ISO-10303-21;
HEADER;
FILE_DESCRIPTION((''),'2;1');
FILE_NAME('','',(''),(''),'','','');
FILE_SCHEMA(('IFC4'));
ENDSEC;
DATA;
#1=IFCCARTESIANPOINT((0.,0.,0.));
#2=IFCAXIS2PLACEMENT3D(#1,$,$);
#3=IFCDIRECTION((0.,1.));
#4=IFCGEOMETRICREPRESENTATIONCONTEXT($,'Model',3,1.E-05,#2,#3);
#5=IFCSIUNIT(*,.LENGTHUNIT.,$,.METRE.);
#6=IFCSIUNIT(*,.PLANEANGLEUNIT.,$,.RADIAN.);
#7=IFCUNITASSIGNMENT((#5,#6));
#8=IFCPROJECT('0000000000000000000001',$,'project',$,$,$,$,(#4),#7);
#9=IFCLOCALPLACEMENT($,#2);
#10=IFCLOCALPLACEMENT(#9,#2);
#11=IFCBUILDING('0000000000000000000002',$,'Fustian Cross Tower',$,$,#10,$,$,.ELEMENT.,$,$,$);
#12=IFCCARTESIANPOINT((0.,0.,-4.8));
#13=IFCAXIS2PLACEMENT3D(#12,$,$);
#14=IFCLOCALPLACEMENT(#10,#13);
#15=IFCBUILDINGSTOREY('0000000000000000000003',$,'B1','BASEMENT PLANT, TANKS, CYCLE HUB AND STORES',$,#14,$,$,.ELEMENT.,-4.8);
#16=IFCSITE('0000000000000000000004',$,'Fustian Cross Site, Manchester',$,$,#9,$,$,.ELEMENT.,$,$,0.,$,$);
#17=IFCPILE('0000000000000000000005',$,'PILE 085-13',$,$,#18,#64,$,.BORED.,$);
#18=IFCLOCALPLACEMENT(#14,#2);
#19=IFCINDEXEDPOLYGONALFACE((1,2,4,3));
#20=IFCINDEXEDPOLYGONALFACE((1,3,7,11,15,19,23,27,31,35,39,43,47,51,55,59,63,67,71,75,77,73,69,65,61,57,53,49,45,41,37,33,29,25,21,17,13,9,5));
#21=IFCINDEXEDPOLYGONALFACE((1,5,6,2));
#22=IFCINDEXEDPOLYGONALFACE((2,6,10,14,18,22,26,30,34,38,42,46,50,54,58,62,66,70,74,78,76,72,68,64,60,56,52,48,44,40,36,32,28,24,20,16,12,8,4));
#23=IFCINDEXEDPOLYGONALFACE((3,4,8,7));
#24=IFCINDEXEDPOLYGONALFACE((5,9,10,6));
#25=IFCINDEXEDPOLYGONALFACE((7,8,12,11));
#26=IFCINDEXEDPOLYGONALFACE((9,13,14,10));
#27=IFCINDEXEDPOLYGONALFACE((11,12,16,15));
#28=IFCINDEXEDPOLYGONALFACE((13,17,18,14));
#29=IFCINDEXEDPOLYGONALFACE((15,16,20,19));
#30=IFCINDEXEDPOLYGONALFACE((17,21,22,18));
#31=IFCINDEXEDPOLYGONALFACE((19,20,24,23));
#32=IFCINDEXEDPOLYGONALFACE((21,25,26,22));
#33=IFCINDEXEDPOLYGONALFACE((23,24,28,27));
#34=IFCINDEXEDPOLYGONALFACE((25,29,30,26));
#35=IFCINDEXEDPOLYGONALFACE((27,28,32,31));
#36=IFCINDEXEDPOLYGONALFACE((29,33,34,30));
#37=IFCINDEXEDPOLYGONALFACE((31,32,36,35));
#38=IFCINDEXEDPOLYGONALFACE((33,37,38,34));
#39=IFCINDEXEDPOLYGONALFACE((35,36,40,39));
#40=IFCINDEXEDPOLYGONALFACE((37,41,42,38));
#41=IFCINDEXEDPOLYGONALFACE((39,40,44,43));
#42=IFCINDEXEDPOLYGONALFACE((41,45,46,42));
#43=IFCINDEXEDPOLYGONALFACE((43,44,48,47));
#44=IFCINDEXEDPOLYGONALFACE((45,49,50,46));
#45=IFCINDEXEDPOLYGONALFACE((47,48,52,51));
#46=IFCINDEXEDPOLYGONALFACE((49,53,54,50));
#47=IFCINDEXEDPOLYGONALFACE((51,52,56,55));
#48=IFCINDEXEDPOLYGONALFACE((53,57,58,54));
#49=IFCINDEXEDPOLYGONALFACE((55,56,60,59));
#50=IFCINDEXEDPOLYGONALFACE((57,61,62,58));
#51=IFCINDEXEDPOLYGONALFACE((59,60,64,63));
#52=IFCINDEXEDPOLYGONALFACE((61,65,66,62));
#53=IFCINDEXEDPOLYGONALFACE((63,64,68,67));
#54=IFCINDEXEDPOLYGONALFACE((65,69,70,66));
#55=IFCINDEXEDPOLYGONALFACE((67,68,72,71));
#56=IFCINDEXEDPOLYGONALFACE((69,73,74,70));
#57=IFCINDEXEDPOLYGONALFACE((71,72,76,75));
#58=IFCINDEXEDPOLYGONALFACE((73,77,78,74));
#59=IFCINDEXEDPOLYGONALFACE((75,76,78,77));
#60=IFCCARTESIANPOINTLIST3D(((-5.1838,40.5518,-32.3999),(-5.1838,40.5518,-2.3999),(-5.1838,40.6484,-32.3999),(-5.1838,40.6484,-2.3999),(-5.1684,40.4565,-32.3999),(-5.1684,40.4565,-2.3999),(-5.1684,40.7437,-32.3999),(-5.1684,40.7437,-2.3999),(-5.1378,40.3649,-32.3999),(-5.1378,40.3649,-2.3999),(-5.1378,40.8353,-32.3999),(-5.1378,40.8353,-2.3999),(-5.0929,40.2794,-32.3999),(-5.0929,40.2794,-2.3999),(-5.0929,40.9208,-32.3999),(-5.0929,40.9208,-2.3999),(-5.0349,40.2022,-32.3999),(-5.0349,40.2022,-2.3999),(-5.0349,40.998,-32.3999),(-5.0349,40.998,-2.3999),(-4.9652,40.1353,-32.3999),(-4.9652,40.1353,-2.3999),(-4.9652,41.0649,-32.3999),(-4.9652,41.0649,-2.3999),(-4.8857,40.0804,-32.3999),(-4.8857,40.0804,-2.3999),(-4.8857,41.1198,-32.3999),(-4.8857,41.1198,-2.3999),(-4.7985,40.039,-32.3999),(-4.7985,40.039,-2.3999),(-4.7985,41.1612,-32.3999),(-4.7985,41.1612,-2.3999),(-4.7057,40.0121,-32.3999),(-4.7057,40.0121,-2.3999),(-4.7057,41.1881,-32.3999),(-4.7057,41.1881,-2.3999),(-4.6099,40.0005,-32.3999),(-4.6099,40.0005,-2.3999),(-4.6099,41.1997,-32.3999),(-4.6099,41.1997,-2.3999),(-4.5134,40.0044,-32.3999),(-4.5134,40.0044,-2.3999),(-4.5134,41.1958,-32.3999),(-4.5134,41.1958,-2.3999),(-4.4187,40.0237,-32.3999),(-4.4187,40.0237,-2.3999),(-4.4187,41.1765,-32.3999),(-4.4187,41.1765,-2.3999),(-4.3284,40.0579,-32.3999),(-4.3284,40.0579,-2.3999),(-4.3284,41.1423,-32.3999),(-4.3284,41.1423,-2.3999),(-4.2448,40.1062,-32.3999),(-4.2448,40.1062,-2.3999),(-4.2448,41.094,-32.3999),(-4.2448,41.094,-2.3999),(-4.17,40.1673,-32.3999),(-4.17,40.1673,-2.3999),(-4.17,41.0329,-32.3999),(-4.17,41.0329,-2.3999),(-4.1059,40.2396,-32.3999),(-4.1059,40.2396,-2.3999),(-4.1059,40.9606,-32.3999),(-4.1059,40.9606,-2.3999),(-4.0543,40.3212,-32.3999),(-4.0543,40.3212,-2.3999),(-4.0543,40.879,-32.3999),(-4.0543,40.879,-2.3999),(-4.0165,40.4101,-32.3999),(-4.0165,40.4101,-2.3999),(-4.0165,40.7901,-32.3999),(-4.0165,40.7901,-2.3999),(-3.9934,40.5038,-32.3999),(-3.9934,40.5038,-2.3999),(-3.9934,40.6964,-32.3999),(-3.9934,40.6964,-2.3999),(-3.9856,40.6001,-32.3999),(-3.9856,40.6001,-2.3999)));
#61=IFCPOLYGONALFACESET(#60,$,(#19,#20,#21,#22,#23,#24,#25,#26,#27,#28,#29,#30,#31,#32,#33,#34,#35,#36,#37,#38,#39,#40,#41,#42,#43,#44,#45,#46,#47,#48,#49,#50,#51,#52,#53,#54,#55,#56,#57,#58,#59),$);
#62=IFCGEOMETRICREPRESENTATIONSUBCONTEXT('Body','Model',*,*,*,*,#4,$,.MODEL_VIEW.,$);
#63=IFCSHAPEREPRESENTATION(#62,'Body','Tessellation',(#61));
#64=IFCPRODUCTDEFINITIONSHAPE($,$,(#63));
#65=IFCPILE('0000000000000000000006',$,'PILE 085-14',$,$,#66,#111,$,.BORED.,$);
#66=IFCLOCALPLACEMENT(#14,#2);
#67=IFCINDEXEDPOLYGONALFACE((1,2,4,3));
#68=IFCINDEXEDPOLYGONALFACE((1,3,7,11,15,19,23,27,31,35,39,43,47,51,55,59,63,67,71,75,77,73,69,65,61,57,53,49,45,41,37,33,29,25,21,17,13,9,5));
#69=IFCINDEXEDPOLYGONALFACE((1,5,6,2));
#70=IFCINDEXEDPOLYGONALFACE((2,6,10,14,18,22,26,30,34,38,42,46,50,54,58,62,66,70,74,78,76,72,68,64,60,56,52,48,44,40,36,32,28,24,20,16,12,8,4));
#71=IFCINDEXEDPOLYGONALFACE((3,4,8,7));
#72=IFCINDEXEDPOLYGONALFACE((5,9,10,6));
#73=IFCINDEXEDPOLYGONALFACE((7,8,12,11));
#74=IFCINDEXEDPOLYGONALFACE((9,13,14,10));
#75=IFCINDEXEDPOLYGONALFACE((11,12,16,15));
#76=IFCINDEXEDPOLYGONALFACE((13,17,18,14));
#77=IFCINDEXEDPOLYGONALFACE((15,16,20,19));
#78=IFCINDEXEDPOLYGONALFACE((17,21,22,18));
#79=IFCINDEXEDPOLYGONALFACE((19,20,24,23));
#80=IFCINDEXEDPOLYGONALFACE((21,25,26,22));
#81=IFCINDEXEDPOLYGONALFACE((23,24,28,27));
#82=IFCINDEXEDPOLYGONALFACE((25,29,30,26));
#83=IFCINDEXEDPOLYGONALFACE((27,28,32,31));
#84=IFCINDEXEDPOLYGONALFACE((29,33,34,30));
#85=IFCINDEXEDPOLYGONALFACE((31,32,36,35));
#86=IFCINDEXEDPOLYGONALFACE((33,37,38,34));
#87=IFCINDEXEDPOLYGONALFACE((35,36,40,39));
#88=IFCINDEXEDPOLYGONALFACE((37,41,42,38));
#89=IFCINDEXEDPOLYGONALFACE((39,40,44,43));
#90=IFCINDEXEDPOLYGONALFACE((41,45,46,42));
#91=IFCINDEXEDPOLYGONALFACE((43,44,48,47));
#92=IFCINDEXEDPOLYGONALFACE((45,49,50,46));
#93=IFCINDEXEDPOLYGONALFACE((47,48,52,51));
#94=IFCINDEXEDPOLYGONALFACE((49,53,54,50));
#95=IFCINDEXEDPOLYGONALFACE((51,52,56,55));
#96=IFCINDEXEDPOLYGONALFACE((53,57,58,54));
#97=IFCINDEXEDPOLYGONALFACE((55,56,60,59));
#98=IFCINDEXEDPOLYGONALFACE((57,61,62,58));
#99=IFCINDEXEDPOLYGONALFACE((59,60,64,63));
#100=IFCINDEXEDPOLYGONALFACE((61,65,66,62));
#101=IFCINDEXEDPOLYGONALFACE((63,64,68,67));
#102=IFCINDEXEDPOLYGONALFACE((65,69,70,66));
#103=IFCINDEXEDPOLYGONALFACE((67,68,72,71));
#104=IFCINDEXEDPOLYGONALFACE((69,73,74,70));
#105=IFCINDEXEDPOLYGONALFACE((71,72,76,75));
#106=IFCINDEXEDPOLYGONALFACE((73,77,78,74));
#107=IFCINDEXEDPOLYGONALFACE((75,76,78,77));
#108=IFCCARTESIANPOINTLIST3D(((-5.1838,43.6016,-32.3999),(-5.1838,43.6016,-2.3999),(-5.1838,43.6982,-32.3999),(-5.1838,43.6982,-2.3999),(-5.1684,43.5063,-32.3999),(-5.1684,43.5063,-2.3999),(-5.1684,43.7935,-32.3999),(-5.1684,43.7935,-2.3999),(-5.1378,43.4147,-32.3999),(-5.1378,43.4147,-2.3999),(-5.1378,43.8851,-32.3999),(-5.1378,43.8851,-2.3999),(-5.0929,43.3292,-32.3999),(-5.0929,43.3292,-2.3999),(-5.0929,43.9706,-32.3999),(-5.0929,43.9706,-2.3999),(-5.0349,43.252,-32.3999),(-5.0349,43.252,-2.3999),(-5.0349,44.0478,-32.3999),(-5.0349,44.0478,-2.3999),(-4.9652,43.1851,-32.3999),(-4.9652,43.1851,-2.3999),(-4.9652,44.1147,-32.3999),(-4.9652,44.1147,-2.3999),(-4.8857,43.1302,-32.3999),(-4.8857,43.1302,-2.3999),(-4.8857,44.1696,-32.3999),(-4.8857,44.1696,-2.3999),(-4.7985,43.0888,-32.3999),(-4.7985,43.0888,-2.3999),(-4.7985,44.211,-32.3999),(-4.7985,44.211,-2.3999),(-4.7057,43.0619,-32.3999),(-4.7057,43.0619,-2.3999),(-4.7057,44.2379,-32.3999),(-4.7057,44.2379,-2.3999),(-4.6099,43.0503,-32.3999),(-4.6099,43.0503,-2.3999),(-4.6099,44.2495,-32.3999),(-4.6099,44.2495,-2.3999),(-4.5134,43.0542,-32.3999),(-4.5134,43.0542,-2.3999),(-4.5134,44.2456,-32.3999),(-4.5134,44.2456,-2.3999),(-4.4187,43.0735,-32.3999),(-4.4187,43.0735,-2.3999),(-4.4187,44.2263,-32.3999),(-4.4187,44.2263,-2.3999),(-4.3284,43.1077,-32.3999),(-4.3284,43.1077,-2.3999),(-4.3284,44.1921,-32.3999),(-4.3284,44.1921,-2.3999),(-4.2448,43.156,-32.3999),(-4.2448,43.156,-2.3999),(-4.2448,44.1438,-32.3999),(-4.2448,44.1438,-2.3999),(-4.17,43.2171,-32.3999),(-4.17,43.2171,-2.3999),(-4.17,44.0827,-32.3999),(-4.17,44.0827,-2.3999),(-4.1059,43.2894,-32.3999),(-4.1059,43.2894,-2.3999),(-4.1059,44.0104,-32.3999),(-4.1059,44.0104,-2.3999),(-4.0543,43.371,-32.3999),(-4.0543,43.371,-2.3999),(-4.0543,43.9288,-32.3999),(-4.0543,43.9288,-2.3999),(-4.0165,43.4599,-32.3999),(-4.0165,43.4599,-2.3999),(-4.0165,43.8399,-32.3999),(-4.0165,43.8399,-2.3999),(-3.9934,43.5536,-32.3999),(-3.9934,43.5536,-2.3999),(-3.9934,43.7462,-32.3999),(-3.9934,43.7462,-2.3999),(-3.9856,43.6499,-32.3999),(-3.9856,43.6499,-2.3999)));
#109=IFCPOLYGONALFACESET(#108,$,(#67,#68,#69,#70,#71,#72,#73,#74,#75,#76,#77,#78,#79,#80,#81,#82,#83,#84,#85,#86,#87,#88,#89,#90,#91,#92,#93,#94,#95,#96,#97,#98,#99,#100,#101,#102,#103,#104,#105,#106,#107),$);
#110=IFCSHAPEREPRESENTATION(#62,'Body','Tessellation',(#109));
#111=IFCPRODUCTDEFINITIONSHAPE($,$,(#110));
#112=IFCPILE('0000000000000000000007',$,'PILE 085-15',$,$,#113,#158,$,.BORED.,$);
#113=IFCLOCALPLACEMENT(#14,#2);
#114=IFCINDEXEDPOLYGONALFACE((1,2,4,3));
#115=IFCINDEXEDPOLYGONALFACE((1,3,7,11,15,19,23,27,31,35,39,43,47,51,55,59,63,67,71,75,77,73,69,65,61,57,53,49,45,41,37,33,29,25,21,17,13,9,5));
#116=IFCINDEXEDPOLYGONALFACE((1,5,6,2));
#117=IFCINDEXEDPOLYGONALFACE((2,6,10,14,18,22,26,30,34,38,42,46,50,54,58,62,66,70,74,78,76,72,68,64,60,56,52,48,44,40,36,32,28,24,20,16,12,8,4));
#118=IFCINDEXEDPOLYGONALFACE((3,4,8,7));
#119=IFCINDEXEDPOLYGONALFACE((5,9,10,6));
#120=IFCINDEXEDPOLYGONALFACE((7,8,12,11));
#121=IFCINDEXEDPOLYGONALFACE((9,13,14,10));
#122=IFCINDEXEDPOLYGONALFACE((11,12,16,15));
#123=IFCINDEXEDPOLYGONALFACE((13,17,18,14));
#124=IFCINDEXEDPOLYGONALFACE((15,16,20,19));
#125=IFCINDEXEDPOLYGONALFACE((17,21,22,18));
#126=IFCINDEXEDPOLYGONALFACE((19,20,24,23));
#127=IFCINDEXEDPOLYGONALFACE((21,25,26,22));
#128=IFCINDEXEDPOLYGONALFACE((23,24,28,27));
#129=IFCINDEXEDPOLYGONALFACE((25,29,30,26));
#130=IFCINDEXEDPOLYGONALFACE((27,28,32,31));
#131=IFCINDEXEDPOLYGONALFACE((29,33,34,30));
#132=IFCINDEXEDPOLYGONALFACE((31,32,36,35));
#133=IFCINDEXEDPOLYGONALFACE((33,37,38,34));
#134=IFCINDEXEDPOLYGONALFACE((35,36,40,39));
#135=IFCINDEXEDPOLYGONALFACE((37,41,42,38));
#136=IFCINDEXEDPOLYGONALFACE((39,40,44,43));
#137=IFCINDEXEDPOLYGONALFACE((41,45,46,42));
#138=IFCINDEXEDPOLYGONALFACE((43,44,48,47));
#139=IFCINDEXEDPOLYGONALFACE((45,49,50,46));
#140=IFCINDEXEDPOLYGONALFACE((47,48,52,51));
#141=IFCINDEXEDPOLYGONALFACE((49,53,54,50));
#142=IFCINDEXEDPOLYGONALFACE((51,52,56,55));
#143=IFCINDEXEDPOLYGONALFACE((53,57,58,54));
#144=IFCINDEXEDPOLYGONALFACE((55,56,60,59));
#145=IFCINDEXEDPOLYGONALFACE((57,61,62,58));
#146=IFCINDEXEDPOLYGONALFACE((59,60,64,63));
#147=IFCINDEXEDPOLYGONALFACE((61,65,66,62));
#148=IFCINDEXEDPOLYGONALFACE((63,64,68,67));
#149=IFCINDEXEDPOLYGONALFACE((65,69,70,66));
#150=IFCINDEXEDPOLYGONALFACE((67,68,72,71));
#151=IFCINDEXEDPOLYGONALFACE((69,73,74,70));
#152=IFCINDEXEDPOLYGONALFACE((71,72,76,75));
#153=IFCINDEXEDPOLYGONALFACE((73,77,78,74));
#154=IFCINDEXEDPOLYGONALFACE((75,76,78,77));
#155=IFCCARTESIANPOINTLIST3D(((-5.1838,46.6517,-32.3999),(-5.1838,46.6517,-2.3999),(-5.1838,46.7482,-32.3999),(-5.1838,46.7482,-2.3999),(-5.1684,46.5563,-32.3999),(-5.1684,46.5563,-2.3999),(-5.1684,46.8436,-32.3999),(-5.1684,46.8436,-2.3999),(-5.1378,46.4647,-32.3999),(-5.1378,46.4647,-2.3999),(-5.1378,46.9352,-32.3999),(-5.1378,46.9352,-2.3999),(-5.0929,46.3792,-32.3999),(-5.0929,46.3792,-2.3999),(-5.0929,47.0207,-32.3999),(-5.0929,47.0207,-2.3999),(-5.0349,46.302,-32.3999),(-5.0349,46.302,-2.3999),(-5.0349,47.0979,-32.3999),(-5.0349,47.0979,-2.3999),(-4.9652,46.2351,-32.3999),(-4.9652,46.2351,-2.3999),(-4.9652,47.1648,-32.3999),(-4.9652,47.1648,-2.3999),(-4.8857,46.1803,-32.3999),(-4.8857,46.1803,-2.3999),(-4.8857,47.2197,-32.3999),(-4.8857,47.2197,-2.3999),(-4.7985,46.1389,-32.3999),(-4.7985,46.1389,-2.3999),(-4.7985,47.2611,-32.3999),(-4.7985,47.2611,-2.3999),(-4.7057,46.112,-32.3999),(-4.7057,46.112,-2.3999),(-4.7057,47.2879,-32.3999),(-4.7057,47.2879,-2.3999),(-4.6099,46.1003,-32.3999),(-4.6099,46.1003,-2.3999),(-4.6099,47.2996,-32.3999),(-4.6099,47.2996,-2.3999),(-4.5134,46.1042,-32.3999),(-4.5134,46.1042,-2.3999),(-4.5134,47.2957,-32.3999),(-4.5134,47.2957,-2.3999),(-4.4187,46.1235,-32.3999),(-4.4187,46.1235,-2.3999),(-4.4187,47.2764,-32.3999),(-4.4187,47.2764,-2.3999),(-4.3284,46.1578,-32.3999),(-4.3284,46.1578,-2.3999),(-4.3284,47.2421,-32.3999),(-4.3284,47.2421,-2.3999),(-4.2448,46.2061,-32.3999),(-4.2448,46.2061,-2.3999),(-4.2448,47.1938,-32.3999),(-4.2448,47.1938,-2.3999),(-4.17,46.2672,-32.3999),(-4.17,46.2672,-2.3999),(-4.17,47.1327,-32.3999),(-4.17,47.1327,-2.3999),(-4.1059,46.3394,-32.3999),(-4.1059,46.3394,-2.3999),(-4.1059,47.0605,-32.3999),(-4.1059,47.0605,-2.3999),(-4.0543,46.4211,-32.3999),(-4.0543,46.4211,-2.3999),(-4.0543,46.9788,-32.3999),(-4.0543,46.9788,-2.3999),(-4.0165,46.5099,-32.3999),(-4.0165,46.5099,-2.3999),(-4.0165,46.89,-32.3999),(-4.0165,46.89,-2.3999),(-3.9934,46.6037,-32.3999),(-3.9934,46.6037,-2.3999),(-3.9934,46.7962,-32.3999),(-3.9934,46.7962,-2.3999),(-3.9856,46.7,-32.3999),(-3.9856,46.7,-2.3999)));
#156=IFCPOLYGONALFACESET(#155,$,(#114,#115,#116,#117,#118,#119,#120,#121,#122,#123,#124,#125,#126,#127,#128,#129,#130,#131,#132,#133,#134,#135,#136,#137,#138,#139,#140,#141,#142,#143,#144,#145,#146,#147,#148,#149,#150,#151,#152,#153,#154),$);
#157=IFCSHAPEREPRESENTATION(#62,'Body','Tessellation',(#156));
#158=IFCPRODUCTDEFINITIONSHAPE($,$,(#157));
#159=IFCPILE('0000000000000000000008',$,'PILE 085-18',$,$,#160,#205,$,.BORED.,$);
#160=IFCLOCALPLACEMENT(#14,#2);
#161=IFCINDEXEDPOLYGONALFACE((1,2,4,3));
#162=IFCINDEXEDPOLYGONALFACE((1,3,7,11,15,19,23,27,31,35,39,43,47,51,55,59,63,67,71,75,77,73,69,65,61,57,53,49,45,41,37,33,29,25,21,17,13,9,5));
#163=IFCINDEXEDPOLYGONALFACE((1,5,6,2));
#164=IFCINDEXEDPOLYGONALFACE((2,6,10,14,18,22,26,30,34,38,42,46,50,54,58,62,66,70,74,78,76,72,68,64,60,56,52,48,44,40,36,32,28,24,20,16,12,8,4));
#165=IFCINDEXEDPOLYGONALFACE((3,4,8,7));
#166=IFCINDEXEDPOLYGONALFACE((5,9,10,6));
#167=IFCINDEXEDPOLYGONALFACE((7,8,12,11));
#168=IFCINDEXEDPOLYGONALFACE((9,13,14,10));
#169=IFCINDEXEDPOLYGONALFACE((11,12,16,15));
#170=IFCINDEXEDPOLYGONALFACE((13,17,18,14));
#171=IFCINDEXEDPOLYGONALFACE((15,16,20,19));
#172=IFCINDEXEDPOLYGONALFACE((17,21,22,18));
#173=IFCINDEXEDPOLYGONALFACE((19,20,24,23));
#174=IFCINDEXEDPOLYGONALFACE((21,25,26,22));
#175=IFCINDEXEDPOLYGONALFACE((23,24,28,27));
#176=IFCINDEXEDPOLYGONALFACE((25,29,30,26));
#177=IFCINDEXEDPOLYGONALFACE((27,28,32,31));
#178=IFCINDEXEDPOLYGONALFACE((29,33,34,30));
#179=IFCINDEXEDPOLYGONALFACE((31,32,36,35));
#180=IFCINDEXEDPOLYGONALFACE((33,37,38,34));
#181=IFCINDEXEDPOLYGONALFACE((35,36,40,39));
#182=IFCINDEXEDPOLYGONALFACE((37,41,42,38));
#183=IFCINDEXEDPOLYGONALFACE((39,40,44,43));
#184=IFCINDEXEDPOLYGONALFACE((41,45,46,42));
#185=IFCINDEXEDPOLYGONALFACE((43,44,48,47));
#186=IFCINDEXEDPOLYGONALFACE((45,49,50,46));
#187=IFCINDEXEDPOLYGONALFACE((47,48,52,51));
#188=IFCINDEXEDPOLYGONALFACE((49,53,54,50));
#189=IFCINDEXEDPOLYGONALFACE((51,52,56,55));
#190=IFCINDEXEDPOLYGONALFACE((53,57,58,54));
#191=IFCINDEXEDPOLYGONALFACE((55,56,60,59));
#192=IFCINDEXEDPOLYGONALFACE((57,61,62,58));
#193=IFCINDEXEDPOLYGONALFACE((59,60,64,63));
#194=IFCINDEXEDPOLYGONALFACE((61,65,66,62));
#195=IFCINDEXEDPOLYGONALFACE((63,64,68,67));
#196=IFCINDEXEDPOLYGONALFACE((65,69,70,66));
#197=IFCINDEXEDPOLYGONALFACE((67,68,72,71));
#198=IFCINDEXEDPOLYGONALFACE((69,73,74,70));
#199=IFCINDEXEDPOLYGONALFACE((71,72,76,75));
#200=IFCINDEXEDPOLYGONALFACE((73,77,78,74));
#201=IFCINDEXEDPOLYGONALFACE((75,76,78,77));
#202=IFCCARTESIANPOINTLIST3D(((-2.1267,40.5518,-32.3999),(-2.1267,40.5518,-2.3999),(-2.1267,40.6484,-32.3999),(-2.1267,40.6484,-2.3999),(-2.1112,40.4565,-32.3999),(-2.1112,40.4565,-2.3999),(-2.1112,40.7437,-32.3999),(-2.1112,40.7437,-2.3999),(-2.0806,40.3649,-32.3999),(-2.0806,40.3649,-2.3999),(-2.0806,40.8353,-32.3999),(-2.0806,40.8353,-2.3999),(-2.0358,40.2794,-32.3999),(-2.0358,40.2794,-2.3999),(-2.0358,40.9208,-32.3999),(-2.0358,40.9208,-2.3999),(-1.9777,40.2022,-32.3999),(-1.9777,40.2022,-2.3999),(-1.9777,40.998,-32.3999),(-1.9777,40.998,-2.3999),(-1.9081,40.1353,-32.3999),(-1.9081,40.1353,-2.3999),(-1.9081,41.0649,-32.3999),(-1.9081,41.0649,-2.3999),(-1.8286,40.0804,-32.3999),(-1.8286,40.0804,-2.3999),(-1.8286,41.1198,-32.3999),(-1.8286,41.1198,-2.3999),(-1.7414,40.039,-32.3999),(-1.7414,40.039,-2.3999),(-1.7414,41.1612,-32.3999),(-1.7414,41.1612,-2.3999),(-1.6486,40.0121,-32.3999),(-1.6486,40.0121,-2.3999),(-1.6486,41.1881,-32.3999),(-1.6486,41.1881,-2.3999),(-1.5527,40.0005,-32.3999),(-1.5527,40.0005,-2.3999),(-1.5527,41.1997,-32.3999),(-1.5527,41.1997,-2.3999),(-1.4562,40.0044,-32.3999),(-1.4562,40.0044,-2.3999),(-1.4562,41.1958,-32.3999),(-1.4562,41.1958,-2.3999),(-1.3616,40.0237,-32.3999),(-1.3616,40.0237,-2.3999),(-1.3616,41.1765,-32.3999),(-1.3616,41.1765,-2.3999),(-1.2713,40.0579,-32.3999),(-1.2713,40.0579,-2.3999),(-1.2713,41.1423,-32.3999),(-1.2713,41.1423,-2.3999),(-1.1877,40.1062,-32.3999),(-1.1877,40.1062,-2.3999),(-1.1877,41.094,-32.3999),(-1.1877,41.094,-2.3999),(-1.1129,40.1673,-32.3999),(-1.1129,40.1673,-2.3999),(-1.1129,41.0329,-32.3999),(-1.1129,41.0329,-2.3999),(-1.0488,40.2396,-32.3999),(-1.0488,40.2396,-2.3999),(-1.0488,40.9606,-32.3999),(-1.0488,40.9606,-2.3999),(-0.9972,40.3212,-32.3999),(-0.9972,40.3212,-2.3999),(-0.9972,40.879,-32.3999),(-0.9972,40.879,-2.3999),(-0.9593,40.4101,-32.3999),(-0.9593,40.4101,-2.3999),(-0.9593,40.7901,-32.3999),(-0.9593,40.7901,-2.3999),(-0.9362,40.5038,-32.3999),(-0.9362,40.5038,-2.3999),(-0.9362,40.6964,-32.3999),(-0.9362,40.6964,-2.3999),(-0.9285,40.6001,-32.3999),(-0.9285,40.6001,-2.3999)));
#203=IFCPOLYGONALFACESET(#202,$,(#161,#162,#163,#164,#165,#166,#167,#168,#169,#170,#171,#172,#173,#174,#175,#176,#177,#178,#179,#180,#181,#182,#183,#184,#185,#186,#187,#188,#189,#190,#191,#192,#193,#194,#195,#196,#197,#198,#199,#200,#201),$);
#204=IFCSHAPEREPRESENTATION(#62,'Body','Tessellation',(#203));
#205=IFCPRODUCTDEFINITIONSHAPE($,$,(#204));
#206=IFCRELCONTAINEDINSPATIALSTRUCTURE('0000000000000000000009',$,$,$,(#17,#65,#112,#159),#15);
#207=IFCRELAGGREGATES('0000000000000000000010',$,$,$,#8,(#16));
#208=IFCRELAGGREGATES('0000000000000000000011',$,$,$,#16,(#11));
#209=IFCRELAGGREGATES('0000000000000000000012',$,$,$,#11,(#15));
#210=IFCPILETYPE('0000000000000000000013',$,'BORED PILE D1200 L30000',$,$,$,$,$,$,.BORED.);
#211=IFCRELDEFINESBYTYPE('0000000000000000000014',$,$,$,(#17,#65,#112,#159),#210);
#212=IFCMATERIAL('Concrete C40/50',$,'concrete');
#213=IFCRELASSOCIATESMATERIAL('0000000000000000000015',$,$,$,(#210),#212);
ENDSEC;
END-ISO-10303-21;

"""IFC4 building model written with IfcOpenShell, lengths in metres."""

from ifc_helpers import new_model, si_unit, direction, frame, origin, origin_2d, place, context, subcontext, project, spatial, circle, extrude, material, material_profile, profile_set, type_object, element, save


model = new_model("IFC4")

# Units and contexts
model_context = context("Model", 3, precision=1e-05, world=origin(), true_north=direction((0.0, 1.0)))
body_context = subcontext(model_context, "Body", "Model", "MODEL_VIEW")
ifc_project = project(units=[si_unit("LENGTHUNIT", "METRE"), si_unit("PLANEANGLEUNIT", "RADIAN")], contexts=[model_context])

# Site, building, storey
site_placement = place(None, origin())
site = spatial("IfcSite", under=ifc_project, at=site_placement, Name="Fustian Cross Site, Manchester", CompositionType="ELEMENT", RefElevation=0.0)
building_placement = place(site_placement, origin())
building = spatial("IfcBuilding", under=site, at=building_placement, Name="Fustian Cross Tower", CompositionType="ELEMENT")
storey_placement = place(building_placement, frame((0.0, 0.0, -4.8)))
storey = spatial("IfcBuildingStorey", under=building, at=storey_placement, Name="B1", Description="BASEMENT PLANT, TANKS, CYCLE HUB AND STORES", CompositionType="ELEMENT", Elevation=-4.8)

# Piles
ifc_material_1 = material(Name="Concrete C40/50", Category="concrete")
ifc_material_profile_1 = material_profile(ifc_material_1, circle(Radius=0.6001, at=origin_2d()), Name="BORED PILE D1200 L30000")
ifc_profile_set_1 = profile_set([ifc_material_profile_1], Name="Concrete C40/50")
pile_type_1 = type_object("IfcPileType", Name="BORED PILE D1200 L30000", PredefinedType="BORED", material=ifc_profile_set_1)
for number, where, z_axis, x_axis, name in (
    (1, (-4.5857, 40.6001, -2.3999), (0.0, 0.0, -1.0), (1.0, 0.0, 0.0), "PILE 085-13"),
    (2, (-4.5857, 43.6499, -2.3999), (0.0, 0.0, -1.0), (1.0, 0.0, 0.0), "PILE 085-14"),
    (3, (-4.5857, 46.7, -2.3999), (0.0, 0.0, -1.0), (1.0, 0.0, 0.0), "PILE 085-15"),
    (4, (-1.5286, 40.6001, -2.3999), (0.0, 0.0, -1.0), (1.0, 0.0, 0.0), "PILE 085-18"),
):
    element("IfcPile", number, at=place(storey_placement, frame(where, z_axis=z_axis, x_axis=x_axis)), inside=storey, type_object=pile_type_1, Name=name, PredefinedType="BORED", context=body_context, shape_type="SweptSolid", body=[
        extrude(circle(Radius=0.6001, at=origin_2d()), origin(), (0.0, 0.0, 1.0), 30.0),
    ])

save(model, "model.ifc")
